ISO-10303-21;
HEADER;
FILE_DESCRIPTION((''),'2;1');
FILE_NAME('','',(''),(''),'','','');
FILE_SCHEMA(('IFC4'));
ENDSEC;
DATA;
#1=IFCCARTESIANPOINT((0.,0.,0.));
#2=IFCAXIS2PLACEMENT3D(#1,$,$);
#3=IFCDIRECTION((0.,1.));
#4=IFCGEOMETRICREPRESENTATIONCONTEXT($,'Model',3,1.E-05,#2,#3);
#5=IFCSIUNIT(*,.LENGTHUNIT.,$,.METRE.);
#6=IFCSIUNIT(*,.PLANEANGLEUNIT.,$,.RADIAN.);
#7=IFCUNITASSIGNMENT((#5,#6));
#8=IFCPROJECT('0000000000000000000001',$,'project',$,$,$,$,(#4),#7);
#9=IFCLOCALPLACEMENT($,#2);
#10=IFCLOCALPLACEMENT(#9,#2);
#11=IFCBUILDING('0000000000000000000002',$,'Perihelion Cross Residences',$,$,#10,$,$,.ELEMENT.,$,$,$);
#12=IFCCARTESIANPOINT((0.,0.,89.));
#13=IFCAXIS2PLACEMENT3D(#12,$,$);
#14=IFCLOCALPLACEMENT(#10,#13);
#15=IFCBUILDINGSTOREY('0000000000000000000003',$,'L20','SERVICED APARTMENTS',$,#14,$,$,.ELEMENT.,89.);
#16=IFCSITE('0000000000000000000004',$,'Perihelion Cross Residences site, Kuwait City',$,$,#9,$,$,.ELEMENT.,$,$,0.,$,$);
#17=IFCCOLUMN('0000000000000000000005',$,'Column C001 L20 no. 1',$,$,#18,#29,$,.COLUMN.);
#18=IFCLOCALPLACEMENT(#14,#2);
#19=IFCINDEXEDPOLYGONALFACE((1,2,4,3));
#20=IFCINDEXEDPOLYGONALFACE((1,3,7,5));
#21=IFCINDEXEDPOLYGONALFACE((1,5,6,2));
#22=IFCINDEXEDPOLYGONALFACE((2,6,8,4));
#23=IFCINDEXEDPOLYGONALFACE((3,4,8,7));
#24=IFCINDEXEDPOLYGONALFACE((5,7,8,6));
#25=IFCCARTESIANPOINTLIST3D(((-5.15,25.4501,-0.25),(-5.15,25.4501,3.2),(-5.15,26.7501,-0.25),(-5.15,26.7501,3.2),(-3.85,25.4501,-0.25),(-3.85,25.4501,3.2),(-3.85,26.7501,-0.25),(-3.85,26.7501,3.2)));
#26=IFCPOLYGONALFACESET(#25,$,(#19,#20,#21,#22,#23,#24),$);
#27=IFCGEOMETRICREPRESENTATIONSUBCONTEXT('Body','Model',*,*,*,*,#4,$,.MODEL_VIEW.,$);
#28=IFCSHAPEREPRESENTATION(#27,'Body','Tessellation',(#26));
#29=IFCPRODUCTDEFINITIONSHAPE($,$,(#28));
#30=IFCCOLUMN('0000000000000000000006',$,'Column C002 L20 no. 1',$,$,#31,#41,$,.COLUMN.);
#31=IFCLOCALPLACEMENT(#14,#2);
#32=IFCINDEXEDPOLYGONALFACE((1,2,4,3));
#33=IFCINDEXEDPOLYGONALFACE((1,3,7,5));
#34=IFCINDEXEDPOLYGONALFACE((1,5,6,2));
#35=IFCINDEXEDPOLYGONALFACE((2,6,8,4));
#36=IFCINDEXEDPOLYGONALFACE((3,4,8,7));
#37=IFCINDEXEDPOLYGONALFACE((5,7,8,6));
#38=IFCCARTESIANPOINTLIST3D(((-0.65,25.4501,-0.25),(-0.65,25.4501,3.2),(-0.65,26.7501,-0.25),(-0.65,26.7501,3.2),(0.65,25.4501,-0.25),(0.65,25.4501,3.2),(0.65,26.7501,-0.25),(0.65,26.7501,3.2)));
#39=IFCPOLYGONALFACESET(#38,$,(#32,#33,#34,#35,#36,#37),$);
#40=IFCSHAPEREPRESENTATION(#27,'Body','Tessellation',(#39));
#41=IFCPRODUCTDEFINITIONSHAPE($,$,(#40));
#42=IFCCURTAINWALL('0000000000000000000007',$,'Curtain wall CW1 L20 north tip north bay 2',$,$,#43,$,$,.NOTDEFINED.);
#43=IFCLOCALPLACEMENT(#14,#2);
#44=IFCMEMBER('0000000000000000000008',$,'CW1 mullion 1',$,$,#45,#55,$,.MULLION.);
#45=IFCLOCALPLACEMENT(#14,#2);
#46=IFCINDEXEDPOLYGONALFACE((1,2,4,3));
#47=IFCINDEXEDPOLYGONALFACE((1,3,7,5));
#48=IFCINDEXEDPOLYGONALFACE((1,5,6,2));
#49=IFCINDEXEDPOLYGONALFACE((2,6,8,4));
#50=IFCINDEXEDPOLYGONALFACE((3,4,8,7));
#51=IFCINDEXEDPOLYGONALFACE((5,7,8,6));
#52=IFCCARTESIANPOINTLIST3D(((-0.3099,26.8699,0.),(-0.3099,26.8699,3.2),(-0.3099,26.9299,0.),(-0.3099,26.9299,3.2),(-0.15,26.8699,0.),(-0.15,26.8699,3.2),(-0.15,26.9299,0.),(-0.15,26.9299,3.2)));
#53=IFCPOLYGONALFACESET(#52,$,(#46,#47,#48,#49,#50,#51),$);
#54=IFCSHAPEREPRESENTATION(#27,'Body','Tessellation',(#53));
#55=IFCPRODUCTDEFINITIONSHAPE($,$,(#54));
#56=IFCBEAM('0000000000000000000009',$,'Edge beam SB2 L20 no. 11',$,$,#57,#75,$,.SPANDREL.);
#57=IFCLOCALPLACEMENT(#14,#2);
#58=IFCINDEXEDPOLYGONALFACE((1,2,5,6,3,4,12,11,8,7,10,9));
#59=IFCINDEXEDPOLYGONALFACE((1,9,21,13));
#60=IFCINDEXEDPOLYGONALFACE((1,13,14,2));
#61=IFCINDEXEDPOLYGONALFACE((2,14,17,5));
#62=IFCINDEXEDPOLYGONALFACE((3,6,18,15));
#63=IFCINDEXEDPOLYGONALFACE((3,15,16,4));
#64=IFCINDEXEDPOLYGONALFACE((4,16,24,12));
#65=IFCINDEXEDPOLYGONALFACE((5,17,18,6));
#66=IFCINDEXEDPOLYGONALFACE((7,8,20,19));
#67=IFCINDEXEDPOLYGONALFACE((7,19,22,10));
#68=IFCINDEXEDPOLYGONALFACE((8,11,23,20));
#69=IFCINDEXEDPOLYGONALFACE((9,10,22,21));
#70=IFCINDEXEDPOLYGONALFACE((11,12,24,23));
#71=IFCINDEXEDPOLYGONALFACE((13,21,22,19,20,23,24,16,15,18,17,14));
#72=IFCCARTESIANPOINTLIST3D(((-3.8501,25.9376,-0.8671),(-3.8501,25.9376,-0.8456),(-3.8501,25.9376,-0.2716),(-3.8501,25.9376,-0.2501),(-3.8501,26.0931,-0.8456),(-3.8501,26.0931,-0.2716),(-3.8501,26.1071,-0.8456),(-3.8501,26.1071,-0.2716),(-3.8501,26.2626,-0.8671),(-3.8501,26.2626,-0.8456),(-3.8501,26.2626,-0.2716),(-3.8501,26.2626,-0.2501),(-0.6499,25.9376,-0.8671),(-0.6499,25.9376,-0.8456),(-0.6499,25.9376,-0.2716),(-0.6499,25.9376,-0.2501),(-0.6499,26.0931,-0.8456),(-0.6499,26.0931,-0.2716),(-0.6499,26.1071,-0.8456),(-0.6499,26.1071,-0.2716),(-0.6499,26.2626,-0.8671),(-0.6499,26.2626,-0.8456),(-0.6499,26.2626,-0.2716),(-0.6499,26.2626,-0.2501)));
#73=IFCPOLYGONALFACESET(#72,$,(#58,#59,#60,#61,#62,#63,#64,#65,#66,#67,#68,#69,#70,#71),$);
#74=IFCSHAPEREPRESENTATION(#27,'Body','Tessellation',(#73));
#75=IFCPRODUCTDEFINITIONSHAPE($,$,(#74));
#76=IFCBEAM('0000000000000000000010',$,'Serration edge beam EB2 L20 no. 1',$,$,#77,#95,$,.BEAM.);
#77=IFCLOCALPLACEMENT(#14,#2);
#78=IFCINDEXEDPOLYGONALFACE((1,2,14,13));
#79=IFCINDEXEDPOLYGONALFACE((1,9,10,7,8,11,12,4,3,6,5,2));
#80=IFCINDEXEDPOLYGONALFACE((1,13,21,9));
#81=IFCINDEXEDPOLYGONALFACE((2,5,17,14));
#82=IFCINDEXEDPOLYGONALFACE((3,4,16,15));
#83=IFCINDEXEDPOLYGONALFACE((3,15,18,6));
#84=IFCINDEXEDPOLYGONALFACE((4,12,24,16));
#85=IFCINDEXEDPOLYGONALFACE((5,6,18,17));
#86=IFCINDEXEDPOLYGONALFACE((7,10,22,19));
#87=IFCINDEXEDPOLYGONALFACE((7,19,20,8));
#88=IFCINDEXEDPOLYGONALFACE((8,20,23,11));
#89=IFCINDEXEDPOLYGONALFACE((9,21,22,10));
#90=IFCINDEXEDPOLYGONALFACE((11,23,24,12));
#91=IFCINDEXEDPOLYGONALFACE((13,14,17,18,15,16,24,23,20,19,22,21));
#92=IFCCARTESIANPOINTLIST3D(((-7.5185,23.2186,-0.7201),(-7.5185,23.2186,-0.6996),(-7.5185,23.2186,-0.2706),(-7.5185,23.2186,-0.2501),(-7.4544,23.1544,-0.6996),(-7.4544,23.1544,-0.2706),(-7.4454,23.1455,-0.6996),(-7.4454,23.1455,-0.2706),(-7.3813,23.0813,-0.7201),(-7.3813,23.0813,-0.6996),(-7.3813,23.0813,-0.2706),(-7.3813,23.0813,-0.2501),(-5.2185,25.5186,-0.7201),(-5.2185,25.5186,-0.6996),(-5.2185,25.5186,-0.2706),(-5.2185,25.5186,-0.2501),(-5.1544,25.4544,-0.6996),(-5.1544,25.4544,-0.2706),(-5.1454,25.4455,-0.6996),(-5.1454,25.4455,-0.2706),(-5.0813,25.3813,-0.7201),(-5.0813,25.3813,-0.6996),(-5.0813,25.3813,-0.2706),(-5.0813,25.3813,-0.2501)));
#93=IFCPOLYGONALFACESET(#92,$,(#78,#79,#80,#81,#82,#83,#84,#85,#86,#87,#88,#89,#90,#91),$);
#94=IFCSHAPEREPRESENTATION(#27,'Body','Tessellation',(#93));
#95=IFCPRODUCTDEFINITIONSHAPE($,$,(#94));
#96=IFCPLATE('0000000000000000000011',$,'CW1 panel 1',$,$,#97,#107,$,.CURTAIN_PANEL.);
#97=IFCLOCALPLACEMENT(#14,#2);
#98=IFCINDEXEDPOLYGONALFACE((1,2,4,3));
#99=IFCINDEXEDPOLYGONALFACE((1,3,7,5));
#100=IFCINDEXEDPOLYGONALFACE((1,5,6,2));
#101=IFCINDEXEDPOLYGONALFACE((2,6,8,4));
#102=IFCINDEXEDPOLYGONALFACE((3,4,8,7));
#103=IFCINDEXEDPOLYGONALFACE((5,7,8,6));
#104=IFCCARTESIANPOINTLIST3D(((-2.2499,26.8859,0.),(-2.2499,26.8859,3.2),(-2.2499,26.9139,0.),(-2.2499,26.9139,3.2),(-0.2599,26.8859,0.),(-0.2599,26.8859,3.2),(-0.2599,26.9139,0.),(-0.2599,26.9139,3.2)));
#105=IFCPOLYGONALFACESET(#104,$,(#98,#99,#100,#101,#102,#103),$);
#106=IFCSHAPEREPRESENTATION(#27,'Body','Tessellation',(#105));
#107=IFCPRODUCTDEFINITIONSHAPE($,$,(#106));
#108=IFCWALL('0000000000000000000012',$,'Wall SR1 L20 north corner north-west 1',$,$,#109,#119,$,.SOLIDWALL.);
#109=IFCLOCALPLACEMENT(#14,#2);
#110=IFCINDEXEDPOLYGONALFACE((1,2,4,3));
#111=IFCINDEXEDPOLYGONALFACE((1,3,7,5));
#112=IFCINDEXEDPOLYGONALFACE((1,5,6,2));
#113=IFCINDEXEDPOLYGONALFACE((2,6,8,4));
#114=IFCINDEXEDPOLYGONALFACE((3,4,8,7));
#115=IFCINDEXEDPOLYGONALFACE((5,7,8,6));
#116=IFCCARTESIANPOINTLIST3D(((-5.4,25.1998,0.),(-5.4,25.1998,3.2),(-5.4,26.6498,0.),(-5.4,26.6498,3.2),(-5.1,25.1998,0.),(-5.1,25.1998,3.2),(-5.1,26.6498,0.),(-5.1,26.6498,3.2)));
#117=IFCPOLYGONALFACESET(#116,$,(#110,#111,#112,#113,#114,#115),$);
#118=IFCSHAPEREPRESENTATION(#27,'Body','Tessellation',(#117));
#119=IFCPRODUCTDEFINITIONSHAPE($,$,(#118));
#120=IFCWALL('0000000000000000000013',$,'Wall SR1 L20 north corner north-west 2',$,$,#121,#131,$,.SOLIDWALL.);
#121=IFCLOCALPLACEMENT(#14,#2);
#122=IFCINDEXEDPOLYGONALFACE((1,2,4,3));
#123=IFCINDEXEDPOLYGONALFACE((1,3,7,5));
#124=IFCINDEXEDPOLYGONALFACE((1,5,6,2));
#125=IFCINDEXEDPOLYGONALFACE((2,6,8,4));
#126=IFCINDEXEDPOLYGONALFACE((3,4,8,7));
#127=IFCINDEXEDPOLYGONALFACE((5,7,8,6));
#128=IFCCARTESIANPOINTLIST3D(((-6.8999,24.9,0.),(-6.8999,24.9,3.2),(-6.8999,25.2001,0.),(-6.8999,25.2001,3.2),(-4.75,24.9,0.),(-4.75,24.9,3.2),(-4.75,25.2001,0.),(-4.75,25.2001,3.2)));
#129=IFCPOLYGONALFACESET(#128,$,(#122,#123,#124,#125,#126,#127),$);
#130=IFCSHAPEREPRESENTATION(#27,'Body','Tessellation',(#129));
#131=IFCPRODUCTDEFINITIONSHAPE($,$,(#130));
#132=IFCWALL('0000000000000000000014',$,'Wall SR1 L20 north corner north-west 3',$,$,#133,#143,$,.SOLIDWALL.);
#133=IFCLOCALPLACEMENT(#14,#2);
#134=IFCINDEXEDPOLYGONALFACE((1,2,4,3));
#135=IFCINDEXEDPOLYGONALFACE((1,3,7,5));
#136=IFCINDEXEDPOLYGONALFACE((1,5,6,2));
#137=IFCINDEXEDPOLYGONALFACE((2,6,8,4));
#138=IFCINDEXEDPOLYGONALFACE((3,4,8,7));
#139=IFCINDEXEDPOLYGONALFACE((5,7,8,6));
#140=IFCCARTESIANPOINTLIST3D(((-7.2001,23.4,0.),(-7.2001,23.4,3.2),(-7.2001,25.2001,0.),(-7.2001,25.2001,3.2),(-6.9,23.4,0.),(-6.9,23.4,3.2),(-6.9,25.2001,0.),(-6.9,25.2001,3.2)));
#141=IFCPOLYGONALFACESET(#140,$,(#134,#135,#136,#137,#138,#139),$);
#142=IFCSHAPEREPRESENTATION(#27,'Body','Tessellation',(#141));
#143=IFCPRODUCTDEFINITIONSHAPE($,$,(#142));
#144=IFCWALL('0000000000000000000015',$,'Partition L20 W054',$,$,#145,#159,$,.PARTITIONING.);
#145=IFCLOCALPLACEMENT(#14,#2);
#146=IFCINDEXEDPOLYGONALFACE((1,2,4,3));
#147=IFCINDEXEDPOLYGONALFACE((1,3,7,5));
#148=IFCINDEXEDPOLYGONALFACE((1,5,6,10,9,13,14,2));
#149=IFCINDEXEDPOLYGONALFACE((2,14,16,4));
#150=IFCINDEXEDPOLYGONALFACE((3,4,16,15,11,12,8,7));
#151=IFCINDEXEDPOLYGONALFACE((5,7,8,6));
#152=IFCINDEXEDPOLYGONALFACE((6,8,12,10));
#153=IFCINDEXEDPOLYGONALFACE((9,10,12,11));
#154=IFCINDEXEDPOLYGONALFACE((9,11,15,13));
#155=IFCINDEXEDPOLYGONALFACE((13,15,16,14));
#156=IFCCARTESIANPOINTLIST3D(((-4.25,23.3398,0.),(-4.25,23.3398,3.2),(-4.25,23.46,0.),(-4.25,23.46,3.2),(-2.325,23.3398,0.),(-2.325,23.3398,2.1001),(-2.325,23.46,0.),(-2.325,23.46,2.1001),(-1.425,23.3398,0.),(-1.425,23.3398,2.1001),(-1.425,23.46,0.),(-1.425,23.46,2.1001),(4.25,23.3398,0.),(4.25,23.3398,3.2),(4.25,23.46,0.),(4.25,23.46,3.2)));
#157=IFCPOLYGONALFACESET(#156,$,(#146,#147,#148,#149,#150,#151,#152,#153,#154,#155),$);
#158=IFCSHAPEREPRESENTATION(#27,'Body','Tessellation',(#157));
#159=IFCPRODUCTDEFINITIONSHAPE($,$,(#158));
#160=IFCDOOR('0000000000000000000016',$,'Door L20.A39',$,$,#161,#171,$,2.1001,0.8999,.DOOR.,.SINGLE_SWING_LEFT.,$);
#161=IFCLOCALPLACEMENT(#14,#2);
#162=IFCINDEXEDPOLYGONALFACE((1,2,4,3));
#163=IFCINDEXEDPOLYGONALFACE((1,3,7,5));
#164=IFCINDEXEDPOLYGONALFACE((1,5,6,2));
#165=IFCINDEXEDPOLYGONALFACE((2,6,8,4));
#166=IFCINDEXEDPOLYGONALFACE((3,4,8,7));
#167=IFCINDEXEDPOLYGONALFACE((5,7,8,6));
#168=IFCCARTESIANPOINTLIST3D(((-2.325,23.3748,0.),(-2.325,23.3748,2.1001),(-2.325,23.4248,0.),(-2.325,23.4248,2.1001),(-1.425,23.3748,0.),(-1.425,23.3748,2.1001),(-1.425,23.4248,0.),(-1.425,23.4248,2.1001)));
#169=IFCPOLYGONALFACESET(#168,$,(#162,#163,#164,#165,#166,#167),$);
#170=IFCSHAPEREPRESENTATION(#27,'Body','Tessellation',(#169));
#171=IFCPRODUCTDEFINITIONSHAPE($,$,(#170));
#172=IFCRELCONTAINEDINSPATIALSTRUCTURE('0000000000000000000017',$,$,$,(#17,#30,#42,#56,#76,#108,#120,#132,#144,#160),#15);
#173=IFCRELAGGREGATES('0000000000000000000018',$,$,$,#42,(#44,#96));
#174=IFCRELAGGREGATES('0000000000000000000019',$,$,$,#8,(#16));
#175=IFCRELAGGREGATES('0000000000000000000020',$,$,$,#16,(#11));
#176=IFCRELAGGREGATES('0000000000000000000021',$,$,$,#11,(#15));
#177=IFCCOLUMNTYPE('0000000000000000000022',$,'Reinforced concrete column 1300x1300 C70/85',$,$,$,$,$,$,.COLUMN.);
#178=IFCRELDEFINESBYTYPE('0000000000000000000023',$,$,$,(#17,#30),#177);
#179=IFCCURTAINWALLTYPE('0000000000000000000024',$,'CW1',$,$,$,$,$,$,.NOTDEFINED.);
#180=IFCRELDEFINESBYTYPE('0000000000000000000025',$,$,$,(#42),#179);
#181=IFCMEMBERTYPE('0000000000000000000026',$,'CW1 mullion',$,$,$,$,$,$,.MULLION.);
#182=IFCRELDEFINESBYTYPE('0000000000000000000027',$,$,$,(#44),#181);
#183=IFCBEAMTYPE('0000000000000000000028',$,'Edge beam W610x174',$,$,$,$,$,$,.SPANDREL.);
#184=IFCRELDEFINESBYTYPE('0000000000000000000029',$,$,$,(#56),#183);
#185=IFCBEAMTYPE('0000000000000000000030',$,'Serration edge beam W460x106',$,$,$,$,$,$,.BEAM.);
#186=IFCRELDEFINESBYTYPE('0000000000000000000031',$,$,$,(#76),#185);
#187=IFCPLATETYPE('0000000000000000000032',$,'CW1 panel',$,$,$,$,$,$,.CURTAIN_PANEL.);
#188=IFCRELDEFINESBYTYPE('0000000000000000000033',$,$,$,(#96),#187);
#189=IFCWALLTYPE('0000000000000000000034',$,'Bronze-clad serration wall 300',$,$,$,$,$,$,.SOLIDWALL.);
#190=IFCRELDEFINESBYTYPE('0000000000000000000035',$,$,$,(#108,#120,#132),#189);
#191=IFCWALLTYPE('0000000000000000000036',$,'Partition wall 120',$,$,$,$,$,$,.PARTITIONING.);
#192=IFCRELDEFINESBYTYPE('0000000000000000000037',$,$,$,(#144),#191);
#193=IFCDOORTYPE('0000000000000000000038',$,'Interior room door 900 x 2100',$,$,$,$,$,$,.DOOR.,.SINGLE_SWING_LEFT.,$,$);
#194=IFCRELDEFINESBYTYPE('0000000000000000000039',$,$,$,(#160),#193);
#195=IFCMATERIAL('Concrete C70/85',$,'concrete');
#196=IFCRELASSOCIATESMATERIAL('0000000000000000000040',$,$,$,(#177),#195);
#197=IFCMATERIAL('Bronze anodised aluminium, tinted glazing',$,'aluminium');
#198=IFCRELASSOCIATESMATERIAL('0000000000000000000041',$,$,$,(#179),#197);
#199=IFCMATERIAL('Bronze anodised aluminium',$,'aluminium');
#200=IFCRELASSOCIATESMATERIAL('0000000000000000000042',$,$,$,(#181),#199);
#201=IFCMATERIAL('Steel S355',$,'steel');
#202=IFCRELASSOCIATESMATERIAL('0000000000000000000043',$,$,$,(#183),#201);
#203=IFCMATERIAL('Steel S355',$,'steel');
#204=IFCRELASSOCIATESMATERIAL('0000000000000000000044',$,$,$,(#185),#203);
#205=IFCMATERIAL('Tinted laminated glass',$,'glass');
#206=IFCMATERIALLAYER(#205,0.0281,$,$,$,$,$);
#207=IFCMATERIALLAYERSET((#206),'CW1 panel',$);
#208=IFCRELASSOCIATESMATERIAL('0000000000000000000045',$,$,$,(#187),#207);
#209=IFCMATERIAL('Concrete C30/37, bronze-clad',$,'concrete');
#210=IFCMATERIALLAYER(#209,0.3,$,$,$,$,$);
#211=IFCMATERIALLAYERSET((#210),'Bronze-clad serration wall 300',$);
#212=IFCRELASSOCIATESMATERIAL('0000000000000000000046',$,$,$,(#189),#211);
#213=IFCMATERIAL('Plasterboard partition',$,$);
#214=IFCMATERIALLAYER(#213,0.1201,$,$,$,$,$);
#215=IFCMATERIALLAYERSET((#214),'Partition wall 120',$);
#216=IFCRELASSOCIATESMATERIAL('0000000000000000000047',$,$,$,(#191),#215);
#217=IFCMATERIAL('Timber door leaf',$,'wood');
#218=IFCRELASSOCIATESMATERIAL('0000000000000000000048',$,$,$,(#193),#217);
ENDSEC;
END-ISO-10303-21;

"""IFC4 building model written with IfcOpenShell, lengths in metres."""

from ifc_helpers import new_model, si_unit, direction, frame, frame_2d, origin, origin_2d, place, context, subcontext, project, spatial, rectangle, i_section, extrude, material, layer, layer_set, material_profile, profile_set, type_object, element, fill, aggregate, save


model = new_model("IFC4")

# Units and contexts
model_context = context("Model", 3, precision=1e-05, world=origin(), true_north=direction((0.0, 1.0)))
body_context = subcontext(model_context, "Body", "Model", "MODEL_VIEW")
ifc_project = project(units=[si_unit("LENGTHUNIT", "METRE"), si_unit("PLANEANGLEUNIT", "RADIAN")], contexts=[model_context])

# Site, building, storey
site_placement = place(None, origin())
site = spatial("IfcSite", under=ifc_project, at=site_placement, Name="Perihelion Cross Residences site, Kuwait City", CompositionType="ELEMENT", RefElevation=0.0)
building_placement = place(site_placement, origin())
building = spatial("IfcBuilding", under=site, at=building_placement, Name="Perihelion Cross Residences", CompositionType="ELEMENT")
storey_placement = place(building_placement, frame((0.0, 0.0, 89.0)))
storey = spatial("IfcBuildingStorey", under=building, at=storey_placement, Name="L20", Description="SERVICED APARTMENTS", CompositionType="ELEMENT", Elevation=89.0)

# Columns
ifc_material_1 = material(Name="Concrete C70/85", Category="concrete")
ifc_material_profile_1 = material_profile(ifc_material_1, rectangle(XDim=1.3, YDim=1.3, at=origin_2d()), Name="RC 1300x1300")
ifc_profile_set_1 = profile_set([ifc_material_profile_1], Name="Concrete C70/85")
column_type = type_object("IfcColumnType", Name="Reinforced concrete column 1300x1300 C70/85", PredefinedType="COLUMN", material=ifc_profile_set_1)
for number, where, z_axis, x_axis, name in (
    (1, (-4.5, 26.1001, -0.25), (0.0, 0.0, 1.0), (1.0, 0.0, 0.0), "Column C001 L20 no. 1"),
    (2, (0.0, 26.1001, -0.25), (0.0, 0.0, 1.0), (1.0, 0.0, 0.0), "Column C002 L20 no. 1"),
):
    element("IfcColumn", number, at=place(storey_placement, frame(where, z_axis=z_axis, x_axis=x_axis)), inside=storey, type_object=column_type, Name=name, PredefinedType="COLUMN", context=body_context, shape_type="SweptSolid", body=[
        extrude(rectangle(XDim=1.3, YDim=1.3, at=origin_2d()), origin(), (0.0, 0.0, 1.0), 3.45),
    ])

# Curtain wall, member
ifc_material_2 = material(Name="Bronze anodised aluminium, tinted glazing", Category="aluminium")
curtain_wall_type = type_object("IfcCurtainWallType", Name="CW1", PredefinedType="NOTDEFINED", material=ifc_material_2)
curtain_wall_placement = place(storey_placement, origin())
curtain_wall = element("IfcCurtainWall", 3, at=curtain_wall_placement, inside=storey, type_object=curtain_wall_type, Name="Curtain wall CW1 L20 north tip north bay 2", PredefinedType="NOTDEFINED")
ifc_material_3 = material(Name="Bronze anodised aluminium", Category="aluminium")
ifc_material_profile_2 = material_profile(ifc_material_3, rectangle(XDim=0.0601, YDim=0.1599, at=origin_2d()), Name="CW1 mullion")
ifc_profile_set_2 = profile_set([ifc_material_profile_2], Name="Bronze anodised aluminium")
member_type = type_object("IfcMemberType", Name="CW1 mullion", PredefinedType="MULLION", material=ifc_profile_set_2)
member_placement = place(storey_placement, frame((-0.23, 26.8999, 0.0), z_axis=(0.0, 0.0, 1.0), x_axis=(0.0, -1.0, 0.0)))
member = element("IfcMember", 4, at=member_placement, type_object=member_type, Name="CW1 mullion 1", PredefinedType="MULLION", context=body_context, shape_type="SweptSolid", body=[
    extrude(rectangle(XDim=0.0601, YDim=0.1599, at=origin_2d()), origin(), (0.0, 0.0, 1.0), 3.2),
])

# Beams
ifc_material_4 = material(Name="Steel S355", Category="steel")
ifc_material_profile_3 = material_profile(ifc_material_4, i_section(OverallWidth=0.325, OverallDepth=0.6169, WebThickness=0.0139, FlangeThickness=0.0215, at=origin_2d()), Name="W610x174")
ifc_profile_set_3 = profile_set([ifc_material_profile_3], Name="Steel S355")
beam_type_1 = type_object("IfcBeamType", Name="Edge beam W610x174", PredefinedType="SPANDREL", material=ifc_profile_set_3)
beam_1_placement = place(storey_placement, frame((-0.6499, 26.1001, -0.5586), z_axis=(-1.0, 0.0, 0.0), x_axis=(0.0, -1.0, 0.0)))
element("IfcBeam", 5, at=beam_1_placement, inside=storey, type_object=beam_type_1, Name="Edge beam SB2 L20 no. 11", PredefinedType="SPANDREL", context=body_context, shape_type="SweptSolid", body=[
    extrude(i_section(OverallWidth=0.325, OverallDepth=0.6169, WebThickness=0.0139, FlangeThickness=0.0215, at=origin_2d()), origin(), (0.0, 0.0, 1.0), 3.2002),
])
ifc_material_5 = material(Name="Steel S355", Category="steel")
ifc_material_profile_4 = material_profile(ifc_material_5, i_section(OverallWidth=0.1941, OverallDepth=0.47, WebThickness=0.0127, FlangeThickness=0.0205, at=origin_2d()), Name="W460x106")
ifc_profile_set_4 = profile_set([ifc_material_profile_4], Name="Steel S355")
beam_type_2 = type_object("IfcBeamType", Name="Serration edge beam W460x106", PredefinedType="BEAM", material=ifc_profile_set_4)
beam_2_placement = place(storey_placement, frame((-5.1499, 25.45, -0.4851), z_axis=(-0.707107, -0.707107, 0.0), x_axis=(0.707107, -0.707107, 0.0)))
element("IfcBeam", 6, at=beam_2_placement, inside=storey, type_object=beam_type_2, Name="Serration edge beam EB2 L20 no. 1", PredefinedType="BEAM", context=body_context, shape_type="SweptSolid", body=[
    extrude(i_section(OverallWidth=0.1941, OverallDepth=0.47, WebThickness=0.0127, FlangeThickness=0.0205, at=origin_2d()), origin(), (0.0, 0.0, 1.0), 3.2527),
])

# Plate
ifc_material_6 = material(Name="Tinted laminated glass", Category="glass")
ifc_layer_1 = layer(ifc_material_6, 0.0281)
ifc_layer_set_1 = layer_set([ifc_layer_1], Name="CW1 panel")
plate_type = type_object("IfcPlateType", Name="CW1 panel", PredefinedType="CURTAIN_PANEL", material=ifc_layer_set_1)
plate_placement = place(storey_placement, frame((-1.2549, 26.8999, 0.0), z_axis=(0.0, 0.0, 1.0), x_axis=(-1.0, 0.0, 0.0)))
plate = element("IfcPlate", 7, at=plate_placement, type_object=plate_type, Name="CW1 panel 1", PredefinedType="CURTAIN_PANEL", context=body_context, shape_type="SweptSolid", body=[
    extrude(rectangle(XDim=1.99, YDim=0.0281, at=origin_2d()), origin(), (0.0, 0.0, 1.0), 3.2),
])
aggregate(curtain_wall, [member, plate])

# Walls
ifc_material_7 = material(Name="Concrete C30/37, bronze-clad", Category="concrete")
ifc_layer_2 = layer(ifc_material_7, 0.3)
ifc_layer_set_2 = layer_set([ifc_layer_2], Name="Bronze-clad serration wall 300")
wall_type_1 = type_object("IfcWallType", Name="Bronze-clad serration wall 300", PredefinedType="SOLIDWALL", material=ifc_layer_set_2)
wall_1_placement = place(storey_placement, frame((-5.25, 26.6499, 0.0), z_axis=(0.0, 0.0, 1.0), x_axis=(0.0, -1.0, 0.0)))
element("IfcWall", 8, at=wall_1_placement, inside=storey, type_object=wall_type_1, Name="Wall SR1 L20 north corner north-west 1", PredefinedType="SOLIDWALL", context=body_context, shape_type="SweptSolid", body=[
    extrude(rectangle(XDim=1.45, YDim=0.3, at=frame_2d((0.7251, 0.0))), origin(), (0.0, 0.0, 1.0), 3.2),
])
wall_2_placement = place(storey_placement, frame((-4.75, 25.05, 0.0), z_axis=(0.0, 0.0, 1.0), x_axis=(-1.0, 0.0, 0.0)))
element("IfcWall", 9, at=wall_2_placement, inside=storey, type_object=wall_type_1, Name="Wall SR1 L20 north corner north-west 2", PredefinedType="SOLIDWALL", context=body_context, shape_type="SweptSolid", body=[
    extrude(rectangle(XDim=2.1499, YDim=0.3, at=frame_2d((1.075, 0.0))), origin(), (0.0, 0.0, 1.0), 3.2),
])
wall_3_placement = place(storey_placement, frame((-7.05, 25.2, 0.0), z_axis=(0.0, 0.0, 1.0), x_axis=(0.0, -1.0, 0.0)))
element("IfcWall", 10, at=wall_3_placement, inside=storey, type_object=wall_type_1, Name="Wall SR1 L20 north corner north-west 3", PredefinedType="SOLIDWALL", context=body_context, shape_type="SweptSolid", body=[
    extrude(rectangle(XDim=1.8, YDim=0.3, at=frame_2d((0.8999, 0.0))), origin(), (0.0, 0.0, 1.0), 3.2),
])

# Wall, opening, door
ifc_material_8 = material(Name="Plasterboard partition")
ifc_layer_3 = layer(ifc_material_8, 0.1201)
ifc_layer_set_3 = layer_set([ifc_layer_3], Name="Partition wall 120")
wall_type_2 = type_object("IfcWallType", Name="Partition wall 120", PredefinedType="PARTITIONING", material=ifc_layer_set_3)
wall_4_placement = place(storey_placement, frame((-4.25, 23.3999, 0.0), z_axis=(0.0, 0.0, 1.0), x_axis=(1.0, 0.0, 0.0)))
wall_4 = element("IfcWall", 11, at=wall_4_placement, inside=storey, type_object=wall_type_2, Name="Partition L20 W054", PredefinedType="PARTITIONING", context=body_context, shape_type="SweptSolid", body=[
    extrude(rectangle(XDim=8.5, YDim=0.1201, at=frame_2d((4.25, 0.0))), origin(), (0.0, 0.0, 1.0), 3.2),
])
opening_1_placement = place(wall_4_placement, frame((1.925, 0.0, 0.0)))
opening_1 = element("IfcOpeningElement", 12, at=opening_1_placement, cuts=wall_4, PredefinedType="OPENING", context=body_context, shape_type="SweptSolid", body=[
    extrude(rectangle(XDim=0.8999, YDim=2.1001, at=frame_2d((0.45, 1.05))), frame((0.0, 0.0701, 0.0), z_axis=(0.0, -1.0, 0.0), x_axis=(1.0, 0.0, 0.0)), (0.0, 0.0, 1.0), 0.1401),
])
ifc_material_9 = material(Name="Timber door leaf", Category="wood")
door_type_1 = type_object("IfcDoorType", Name="Interior room door 900 x 2100", OperationType="SINGLE_SWING_LEFT", PredefinedType="DOOR", material=ifc_material_9)
door_1_placement = place(opening_1_placement, origin())
door_1 = element("IfcDoor", 13, at=door_1_placement, inside=storey, type_object=door_type_1, Name="Door L20.A39", OperationType="SINGLE_SWING_LEFT", OverallHeight=2.1001, OverallWidth=0.8999, PredefinedType="DOOR", context=body_context, shape_type="SweptSolid", body=[
    extrude(rectangle(XDim=0.8999, YDim=2.1001, at=frame_2d((0.45, 1.05))), frame((0.0, 0.0249, 0.0), z_axis=(0.0, -1.0, 0.0), x_axis=(1.0, 0.0, 0.0)), (0.0, 0.0, 1.0), 0.05),
])
fill(opening_1, door_1)

save(model, "model.ifc")
